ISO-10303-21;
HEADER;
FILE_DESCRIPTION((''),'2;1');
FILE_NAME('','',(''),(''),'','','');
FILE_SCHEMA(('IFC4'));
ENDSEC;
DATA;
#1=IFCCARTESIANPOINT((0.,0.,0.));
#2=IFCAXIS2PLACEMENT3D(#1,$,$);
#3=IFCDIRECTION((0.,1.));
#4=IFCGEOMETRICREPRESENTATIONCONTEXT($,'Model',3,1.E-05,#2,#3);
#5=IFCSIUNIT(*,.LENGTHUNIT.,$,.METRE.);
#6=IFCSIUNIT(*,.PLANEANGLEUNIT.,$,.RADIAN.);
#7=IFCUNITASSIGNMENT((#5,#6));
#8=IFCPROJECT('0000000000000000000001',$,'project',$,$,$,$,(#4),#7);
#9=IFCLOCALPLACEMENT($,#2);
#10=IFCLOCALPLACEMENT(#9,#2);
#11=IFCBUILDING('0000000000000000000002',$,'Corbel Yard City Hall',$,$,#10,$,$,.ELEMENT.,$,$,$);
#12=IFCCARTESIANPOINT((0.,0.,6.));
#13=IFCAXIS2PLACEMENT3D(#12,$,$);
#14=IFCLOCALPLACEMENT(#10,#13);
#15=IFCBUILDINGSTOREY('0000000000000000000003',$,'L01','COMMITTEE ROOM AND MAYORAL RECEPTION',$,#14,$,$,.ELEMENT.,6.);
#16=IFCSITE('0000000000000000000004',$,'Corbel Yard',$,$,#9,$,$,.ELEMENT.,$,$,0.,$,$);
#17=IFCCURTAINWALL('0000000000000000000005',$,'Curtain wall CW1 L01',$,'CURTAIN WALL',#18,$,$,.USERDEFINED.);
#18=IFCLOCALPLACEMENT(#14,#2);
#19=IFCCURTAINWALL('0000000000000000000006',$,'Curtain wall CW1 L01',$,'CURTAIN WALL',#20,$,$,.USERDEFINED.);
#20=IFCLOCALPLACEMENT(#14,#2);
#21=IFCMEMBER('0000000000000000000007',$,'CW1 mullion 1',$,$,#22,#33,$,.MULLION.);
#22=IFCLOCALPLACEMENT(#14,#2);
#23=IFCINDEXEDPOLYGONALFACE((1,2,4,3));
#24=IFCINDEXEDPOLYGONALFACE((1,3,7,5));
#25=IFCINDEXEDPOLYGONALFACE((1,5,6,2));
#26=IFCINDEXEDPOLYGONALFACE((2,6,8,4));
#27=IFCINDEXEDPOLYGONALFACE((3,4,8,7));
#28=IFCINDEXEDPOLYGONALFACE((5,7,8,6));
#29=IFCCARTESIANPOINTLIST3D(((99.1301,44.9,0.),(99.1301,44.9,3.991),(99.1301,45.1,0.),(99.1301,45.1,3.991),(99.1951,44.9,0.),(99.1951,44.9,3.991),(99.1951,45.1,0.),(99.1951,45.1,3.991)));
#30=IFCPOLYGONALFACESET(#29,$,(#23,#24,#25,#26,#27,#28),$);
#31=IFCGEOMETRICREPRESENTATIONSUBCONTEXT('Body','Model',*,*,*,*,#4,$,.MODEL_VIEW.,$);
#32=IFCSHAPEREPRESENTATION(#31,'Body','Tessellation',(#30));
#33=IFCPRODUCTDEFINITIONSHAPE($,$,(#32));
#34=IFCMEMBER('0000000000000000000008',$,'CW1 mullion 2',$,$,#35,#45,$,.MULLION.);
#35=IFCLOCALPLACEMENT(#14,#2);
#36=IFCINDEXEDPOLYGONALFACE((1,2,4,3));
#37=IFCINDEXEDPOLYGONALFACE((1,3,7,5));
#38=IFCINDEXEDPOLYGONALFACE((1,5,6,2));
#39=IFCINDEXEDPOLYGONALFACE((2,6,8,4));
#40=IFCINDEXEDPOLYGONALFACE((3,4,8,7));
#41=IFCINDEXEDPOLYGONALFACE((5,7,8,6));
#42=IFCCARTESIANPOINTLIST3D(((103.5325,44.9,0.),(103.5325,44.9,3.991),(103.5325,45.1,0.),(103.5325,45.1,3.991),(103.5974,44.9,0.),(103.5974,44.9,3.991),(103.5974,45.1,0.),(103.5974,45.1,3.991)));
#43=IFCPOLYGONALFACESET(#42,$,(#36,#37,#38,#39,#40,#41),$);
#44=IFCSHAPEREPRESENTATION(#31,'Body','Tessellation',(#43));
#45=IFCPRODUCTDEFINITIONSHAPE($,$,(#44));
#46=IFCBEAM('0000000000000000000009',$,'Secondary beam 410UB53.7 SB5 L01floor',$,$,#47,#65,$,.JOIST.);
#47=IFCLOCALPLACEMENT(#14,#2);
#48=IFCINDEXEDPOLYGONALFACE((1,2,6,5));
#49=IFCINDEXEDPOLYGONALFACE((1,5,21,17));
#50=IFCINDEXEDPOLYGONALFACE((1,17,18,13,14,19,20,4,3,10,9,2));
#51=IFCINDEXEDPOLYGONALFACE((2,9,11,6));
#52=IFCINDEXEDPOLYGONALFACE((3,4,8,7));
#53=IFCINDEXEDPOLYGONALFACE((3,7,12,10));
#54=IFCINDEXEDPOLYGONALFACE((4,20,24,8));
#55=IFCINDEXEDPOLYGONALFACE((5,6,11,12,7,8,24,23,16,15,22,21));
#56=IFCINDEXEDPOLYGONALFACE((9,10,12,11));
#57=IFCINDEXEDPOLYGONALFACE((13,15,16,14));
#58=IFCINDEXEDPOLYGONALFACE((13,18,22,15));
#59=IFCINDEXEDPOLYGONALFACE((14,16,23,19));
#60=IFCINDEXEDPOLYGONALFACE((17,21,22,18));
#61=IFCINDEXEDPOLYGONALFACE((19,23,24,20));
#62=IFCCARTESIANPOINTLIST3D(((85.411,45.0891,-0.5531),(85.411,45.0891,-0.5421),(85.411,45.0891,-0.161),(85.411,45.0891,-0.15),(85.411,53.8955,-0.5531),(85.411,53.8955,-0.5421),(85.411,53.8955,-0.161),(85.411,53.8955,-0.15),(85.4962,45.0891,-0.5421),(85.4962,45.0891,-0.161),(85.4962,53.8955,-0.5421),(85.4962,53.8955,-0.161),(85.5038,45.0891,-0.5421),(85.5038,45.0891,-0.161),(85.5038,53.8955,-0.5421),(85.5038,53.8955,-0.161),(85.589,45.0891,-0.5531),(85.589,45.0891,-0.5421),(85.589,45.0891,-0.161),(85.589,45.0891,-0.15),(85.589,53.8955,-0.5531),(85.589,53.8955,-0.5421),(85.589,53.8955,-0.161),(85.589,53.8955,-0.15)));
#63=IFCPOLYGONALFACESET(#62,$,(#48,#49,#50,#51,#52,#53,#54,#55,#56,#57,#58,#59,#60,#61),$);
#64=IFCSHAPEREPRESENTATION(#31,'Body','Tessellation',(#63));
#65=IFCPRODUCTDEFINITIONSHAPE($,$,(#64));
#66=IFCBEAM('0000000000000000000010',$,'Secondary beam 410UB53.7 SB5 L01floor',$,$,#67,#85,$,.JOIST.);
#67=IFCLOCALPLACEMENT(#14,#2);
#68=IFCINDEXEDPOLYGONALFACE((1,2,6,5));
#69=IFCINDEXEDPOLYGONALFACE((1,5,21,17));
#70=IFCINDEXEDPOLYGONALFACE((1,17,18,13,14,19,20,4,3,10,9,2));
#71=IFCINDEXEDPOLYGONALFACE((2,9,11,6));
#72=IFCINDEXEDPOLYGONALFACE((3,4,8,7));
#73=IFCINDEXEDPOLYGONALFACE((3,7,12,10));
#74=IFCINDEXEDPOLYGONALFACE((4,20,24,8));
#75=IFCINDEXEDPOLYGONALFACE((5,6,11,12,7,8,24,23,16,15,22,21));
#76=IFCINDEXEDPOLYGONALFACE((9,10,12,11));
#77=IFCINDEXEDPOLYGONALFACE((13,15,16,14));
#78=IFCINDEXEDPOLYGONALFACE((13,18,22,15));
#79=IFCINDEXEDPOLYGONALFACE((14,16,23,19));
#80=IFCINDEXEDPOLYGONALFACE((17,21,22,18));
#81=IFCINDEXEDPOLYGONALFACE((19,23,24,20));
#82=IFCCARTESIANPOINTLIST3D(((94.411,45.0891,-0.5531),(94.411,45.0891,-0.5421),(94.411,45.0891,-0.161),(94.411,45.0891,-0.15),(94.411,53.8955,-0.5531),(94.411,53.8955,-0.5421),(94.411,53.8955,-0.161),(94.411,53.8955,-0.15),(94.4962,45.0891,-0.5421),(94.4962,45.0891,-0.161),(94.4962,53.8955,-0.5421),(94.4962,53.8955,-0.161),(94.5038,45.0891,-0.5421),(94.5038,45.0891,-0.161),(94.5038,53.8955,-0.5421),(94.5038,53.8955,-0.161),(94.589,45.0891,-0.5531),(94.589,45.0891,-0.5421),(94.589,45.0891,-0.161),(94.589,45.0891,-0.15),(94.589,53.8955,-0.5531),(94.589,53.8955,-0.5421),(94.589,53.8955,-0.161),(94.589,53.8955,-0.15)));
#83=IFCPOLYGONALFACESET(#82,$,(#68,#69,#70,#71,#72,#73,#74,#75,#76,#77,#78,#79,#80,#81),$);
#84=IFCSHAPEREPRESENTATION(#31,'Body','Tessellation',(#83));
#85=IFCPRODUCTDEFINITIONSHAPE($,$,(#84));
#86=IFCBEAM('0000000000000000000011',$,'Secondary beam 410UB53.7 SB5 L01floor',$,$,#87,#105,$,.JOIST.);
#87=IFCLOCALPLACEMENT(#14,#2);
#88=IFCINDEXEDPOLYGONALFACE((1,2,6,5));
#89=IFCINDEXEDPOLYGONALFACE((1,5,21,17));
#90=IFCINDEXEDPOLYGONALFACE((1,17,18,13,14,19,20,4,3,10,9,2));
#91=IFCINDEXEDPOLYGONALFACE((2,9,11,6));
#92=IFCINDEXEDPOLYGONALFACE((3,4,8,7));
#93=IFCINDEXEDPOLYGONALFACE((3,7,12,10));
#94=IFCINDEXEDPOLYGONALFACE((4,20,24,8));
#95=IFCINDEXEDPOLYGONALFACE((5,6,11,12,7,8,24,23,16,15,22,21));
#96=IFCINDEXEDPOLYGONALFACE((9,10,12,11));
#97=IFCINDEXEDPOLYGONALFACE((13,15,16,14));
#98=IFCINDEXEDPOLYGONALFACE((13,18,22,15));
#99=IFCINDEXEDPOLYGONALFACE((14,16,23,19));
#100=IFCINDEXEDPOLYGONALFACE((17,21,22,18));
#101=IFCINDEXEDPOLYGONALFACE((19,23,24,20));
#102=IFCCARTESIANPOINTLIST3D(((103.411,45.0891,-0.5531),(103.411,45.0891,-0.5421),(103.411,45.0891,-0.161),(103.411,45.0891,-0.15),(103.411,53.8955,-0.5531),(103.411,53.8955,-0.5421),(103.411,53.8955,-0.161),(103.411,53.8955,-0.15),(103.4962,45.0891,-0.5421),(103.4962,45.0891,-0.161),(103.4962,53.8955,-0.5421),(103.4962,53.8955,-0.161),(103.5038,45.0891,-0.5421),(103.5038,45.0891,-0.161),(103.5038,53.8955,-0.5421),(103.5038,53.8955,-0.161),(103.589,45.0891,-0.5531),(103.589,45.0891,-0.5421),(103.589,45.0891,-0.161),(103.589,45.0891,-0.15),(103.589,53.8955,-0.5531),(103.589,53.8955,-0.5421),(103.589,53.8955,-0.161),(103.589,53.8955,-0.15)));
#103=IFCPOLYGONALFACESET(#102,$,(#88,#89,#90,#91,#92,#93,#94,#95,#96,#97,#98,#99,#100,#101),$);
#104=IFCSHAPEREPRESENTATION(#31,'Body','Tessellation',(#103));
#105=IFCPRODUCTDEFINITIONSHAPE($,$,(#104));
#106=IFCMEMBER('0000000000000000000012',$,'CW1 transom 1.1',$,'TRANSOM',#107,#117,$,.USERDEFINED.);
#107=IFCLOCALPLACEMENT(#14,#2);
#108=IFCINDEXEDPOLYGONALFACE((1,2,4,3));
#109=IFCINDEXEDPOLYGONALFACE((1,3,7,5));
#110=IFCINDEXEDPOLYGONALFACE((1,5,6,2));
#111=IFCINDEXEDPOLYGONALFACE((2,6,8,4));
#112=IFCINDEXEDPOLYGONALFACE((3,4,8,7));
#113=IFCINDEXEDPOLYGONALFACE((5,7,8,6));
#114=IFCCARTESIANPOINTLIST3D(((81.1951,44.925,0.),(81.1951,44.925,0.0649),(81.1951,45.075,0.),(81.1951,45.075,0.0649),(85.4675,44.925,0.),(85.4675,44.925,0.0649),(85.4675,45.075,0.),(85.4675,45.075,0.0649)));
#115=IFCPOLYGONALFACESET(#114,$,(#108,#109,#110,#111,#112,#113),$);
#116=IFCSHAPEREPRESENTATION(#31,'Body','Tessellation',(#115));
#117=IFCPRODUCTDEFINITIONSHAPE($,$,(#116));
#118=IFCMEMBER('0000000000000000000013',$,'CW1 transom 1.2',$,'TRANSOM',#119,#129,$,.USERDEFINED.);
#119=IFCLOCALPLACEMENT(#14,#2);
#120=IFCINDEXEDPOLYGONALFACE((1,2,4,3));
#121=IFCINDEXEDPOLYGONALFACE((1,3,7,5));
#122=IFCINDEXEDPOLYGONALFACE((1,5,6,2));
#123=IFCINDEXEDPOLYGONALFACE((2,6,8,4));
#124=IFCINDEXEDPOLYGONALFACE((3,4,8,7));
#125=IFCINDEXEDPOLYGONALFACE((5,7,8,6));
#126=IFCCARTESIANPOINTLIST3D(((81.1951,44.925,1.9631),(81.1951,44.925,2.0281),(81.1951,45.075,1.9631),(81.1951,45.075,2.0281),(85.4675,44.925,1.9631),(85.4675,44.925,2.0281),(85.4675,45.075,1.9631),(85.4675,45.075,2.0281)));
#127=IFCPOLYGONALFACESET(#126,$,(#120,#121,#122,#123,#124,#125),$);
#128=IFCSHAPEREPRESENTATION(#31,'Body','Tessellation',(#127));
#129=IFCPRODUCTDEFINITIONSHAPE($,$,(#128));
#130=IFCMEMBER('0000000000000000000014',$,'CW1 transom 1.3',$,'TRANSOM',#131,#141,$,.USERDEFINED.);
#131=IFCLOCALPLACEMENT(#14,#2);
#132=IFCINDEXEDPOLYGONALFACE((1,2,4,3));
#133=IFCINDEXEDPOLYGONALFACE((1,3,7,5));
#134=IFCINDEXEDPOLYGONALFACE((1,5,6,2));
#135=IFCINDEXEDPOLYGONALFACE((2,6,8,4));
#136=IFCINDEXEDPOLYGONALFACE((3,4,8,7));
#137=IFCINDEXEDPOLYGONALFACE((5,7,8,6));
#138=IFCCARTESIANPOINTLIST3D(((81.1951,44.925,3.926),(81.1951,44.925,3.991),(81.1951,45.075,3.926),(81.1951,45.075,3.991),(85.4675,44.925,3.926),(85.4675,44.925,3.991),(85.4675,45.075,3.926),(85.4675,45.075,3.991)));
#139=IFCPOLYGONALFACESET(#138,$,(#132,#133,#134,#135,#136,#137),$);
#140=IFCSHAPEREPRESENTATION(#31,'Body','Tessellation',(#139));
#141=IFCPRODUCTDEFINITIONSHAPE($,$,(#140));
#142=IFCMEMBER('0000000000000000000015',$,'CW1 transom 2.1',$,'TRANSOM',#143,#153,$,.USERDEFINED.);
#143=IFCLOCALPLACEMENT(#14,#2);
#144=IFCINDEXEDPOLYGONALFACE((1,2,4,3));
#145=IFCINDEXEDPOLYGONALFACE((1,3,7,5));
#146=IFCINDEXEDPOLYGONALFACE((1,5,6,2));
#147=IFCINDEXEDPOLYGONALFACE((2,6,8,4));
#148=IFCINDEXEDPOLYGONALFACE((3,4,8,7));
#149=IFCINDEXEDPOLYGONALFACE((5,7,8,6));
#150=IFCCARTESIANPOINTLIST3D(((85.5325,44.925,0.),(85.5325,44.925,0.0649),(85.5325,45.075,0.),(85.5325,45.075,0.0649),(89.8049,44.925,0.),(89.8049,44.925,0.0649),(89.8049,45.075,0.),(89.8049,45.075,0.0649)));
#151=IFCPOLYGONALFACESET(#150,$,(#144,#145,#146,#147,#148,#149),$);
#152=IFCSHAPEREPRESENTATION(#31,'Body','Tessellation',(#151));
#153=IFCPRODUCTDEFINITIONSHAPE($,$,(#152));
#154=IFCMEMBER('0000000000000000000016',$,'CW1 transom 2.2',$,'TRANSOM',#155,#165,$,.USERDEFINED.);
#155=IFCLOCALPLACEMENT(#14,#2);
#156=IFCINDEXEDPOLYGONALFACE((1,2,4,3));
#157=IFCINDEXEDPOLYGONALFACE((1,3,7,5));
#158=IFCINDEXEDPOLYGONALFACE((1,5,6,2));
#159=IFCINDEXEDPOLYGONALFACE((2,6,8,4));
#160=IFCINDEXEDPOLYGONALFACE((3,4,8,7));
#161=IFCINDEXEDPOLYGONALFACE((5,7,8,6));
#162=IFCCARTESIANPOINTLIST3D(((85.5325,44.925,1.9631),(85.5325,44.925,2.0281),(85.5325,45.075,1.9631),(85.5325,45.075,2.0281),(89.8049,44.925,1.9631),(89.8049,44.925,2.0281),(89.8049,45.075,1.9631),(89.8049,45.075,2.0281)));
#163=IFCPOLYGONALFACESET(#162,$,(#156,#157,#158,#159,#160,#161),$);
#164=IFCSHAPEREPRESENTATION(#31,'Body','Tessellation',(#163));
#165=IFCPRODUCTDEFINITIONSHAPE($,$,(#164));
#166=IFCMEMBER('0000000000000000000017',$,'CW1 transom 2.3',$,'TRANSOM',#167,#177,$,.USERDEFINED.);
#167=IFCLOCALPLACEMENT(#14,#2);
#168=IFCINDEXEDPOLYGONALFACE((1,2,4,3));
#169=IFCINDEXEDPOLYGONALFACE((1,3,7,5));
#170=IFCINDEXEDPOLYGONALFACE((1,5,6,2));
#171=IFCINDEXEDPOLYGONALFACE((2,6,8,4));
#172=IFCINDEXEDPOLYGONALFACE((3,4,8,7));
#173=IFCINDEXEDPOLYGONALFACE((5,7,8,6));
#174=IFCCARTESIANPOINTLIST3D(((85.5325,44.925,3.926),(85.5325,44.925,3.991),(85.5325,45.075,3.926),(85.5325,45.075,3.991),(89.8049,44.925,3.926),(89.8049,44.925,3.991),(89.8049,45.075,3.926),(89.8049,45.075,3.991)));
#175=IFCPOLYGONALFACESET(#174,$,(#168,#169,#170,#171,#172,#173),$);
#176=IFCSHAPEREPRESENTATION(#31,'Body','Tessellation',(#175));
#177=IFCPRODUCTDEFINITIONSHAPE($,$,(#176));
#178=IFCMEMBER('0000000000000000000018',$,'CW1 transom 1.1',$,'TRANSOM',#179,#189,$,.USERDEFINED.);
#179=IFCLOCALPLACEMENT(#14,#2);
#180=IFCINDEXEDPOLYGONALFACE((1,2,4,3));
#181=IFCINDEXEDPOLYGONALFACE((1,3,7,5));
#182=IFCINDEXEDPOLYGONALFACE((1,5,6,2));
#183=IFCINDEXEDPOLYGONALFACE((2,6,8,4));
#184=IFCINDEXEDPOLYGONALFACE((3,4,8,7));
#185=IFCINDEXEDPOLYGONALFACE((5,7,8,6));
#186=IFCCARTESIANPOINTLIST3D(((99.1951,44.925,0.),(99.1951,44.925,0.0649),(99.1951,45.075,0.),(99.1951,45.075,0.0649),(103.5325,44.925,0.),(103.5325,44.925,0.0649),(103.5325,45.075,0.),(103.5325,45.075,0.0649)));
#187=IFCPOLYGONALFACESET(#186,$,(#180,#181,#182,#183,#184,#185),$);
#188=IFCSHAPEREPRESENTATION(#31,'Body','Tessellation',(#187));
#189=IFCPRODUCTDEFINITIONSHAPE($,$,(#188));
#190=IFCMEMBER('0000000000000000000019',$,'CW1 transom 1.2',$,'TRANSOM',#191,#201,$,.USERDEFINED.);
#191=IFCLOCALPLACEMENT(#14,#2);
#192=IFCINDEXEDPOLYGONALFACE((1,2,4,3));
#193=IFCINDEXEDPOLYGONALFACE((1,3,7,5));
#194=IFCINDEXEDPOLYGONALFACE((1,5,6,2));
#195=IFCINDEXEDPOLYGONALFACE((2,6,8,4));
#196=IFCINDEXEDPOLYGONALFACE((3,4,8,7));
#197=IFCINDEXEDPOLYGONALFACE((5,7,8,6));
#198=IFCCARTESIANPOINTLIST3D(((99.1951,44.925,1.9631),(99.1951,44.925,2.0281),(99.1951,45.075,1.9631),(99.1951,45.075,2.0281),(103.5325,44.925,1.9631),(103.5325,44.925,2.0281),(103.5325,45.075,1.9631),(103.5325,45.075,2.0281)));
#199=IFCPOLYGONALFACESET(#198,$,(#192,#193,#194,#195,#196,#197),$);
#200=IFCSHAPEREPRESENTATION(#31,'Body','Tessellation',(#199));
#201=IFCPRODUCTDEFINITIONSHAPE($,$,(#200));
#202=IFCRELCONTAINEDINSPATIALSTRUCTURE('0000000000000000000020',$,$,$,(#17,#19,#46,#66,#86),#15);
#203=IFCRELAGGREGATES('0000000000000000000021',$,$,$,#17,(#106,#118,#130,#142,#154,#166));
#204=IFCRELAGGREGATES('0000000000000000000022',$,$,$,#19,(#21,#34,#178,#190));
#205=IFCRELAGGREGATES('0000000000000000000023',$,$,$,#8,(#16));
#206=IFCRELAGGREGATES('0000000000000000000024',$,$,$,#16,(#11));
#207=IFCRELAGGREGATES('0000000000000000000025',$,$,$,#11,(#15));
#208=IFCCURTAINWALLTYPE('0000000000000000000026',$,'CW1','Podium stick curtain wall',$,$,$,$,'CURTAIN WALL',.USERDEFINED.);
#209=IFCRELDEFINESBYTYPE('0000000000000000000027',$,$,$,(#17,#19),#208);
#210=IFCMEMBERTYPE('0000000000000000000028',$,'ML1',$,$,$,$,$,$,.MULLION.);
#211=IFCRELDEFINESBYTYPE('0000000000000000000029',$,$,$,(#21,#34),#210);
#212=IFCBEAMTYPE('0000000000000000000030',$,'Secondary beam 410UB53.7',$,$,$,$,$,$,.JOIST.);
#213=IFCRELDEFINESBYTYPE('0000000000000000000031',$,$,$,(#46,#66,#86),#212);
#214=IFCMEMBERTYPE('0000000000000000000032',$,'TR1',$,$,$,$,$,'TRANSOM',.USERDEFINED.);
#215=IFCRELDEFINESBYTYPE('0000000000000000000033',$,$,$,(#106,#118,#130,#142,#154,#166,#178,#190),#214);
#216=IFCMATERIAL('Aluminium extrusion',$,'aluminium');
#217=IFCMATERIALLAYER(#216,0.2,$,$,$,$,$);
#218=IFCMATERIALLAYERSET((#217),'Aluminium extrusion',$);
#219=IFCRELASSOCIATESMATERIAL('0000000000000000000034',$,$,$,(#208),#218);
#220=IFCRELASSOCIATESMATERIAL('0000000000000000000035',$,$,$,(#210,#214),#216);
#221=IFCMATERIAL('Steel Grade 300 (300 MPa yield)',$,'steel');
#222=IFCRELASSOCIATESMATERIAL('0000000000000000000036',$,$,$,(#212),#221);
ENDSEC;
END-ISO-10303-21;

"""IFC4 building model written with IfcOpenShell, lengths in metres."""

from ifc_helpers import new_model, si_unit, direction, frame, origin, origin_2d, place, context, subcontext, project, spatial, rectangle, i_section, extrude, material, layer, layer_set, material_profile, profile_set, type_object, element, aggregate, save


model = new_model("IFC4")

# Units and contexts
model_context = context("Model", 3, precision=1e-05, world=origin(), true_north=direction((0.0, 1.0)))
body_context = subcontext(model_context, "Body", "Model", "MODEL_VIEW")
ifc_project = project(units=[si_unit("LENGTHUNIT", "METRE"), si_unit("PLANEANGLEUNIT", "RADIAN")], contexts=[model_context])

# Site, building, storey
site_placement = place(None, origin())
site = spatial("IfcSite", under=ifc_project, at=site_placement, Name="Corbel Yard", CompositionType="ELEMENT", RefElevation=0.0)
building_placement = place(site_placement, origin())
building = spatial("IfcBuilding", under=site, at=building_placement, Name="Corbel Yard City Hall", CompositionType="ELEMENT")
storey_placement = place(building_placement, frame((0.0, 0.0, 6.0)))
storey = spatial("IfcBuildingStorey", under=building, at=storey_placement, Name="L01", Description="COMMITTEE ROOM AND MAYORAL RECEPTION", CompositionType="ELEMENT", Elevation=6.0)

# Shared definitions
ifc_material_1 = material(Name="Steel Grade 300 (300 MPa yield)", Category="steel")

# Curtain walls, members
ifc_material_2 = material(Name="Aluminium extrusion", Category="aluminium")
ifc_layer_1 = layer(ifc_material_2, 0.2)
ifc_layer_set_1 = layer_set([ifc_layer_1], Name="Aluminium extrusion")
curtain_wall_type = type_object("IfcCurtainWallType", Name="CW1", Description="Podium stick curtain wall", ElementType="CURTAIN WALL", PredefinedType="USERDEFINED", material=ifc_layer_set_1)
curtain_wall_1_placement = place(storey_placement, origin())
curtain_wall_1 = element("IfcCurtainWall", 1, at=curtain_wall_1_placement, inside=storey, type_object=curtain_wall_type, Name="Curtain wall CW1 L01", ObjectType="CURTAIN WALL", PredefinedType="USERDEFINED")
ifc_material_profile_1 = material_profile(ifc_material_2, rectangle(XDim=0.2, YDim=0.0649, at=origin_2d()), Name="200x65")
ifc_profile_set_1 = profile_set([ifc_material_profile_1], Name="Aluminium extrusion")
member_type_1 = type_object("IfcMemberType", Name="ML1", PredefinedType="MULLION", material=ifc_profile_set_1)
curtain_wall_2_placement = place(storey_placement, origin())
curtain_wall_2 = element("IfcCurtainWall", 2, at=curtain_wall_2_placement, inside=storey, type_object=curtain_wall_type, Name="Curtain wall CW1 L01", ObjectType="CURTAIN WALL", PredefinedType="USERDEFINED")
member_1_placement = place(storey_placement, frame((99.1626, 45.0, 0.0), z_axis=(0.0, 0.0, 1.0), x_axis=(0.0, 1.0, 0.0)))
member_1 = element("IfcMember", 3, at=member_1_placement, type_object=member_type_1, Name="CW1 mullion 1", PredefinedType="MULLION", context=body_context, shape_type="SweptSolid", body=[
    extrude(rectangle(XDim=0.2, YDim=0.0649, at=origin_2d()), origin(), (0.0, 0.0, 1.0), 3.991),
])
member_2_placement = place(storey_placement, frame((103.5649, 45.0, 0.0), z_axis=(0.0, 0.0, 1.0), x_axis=(0.0, 1.0, 0.0)))
member_2 = element("IfcMember", 4, at=member_2_placement, type_object=member_type_1, Name="CW1 mullion 2", PredefinedType="MULLION", context=body_context, shape_type="SweptSolid", body=[
    extrude(rectangle(XDim=0.2, YDim=0.0649, at=origin_2d()), origin(), (0.0, 0.0, 1.0), 3.991),
])

# Beams
ifc_material_profile_2 = material_profile(ifc_material_1, i_section(OverallWidth=0.178, OverallDepth=0.4031, WebThickness=0.0076, FlangeThickness=0.011, at=origin_2d()), Name="410UB53.7")
ifc_profile_set_2 = profile_set([ifc_material_profile_2], Name="Steel Grade 300 (300 MPa yield)")
beam_type_1 = type_object("IfcBeamType", Name="Secondary beam 410UB53.7", PredefinedType="JOIST", material=ifc_profile_set_2)
for number, where, z_axis, x_axis, name in (
    (5, (85.5, 45.0891, -0.3516), (0.0, 1.0, 0.0), (-1.0, 0.0, 0.0), "Secondary beam 410UB53.7 SB5 L01floor"),
    (6, (94.5, 45.0891, -0.3516), (0.0, 1.0, 0.0), (-1.0, 0.0, 0.0), "Secondary beam 410UB53.7 SB5 L01floor"),
    (7, (103.5, 45.0891, -0.3516), (0.0, 1.0, 0.0), (-1.0, 0.0, 0.0), "Secondary beam 410UB53.7 SB5 L01floor"),
):
    element("IfcBeam", number, at=place(storey_placement, frame(where, z_axis=z_axis, x_axis=x_axis)), inside=storey, type_object=beam_type_1, Name=name, PredefinedType="JOIST", context=body_context, shape_type="SweptSolid", body=[
        extrude(i_section(OverallWidth=0.178, OverallDepth=0.4031, WebThickness=0.0076, FlangeThickness=0.011, at=origin_2d()), origin(), (0.0, 0.0, 1.0), 8.8064),
    ])

# Members
ifc_material_profile_3 = material_profile(ifc_material_2, rectangle(XDim=0.1499, YDim=0.0649, at=origin_2d()), Name="150x65")
ifc_profile_set_3 = profile_set([ifc_material_profile_3], Name="Aluminium extrusion")
member_type_2 = type_object("IfcMemberType", Name="TR1", ElementType="TRANSOM", PredefinedType="USERDEFINED", material=ifc_profile_set_3)
member_3_placement = place(storey_placement, frame((81.1951, 45.0, 0.0325), z_axis=(1.0, 0.0, 0.0), x_axis=(0.0, 1.0, 0.0)))
member_3 = element("IfcMember", 8, at=member_3_placement, type_object=member_type_2, Name="CW1 transom 1.1", ObjectType="TRANSOM", PredefinedType="USERDEFINED", context=body_context, shape_type="SweptSolid", body=[
    extrude(rectangle(XDim=0.1499, YDim=0.0649, at=origin_2d()), origin(), (0.0, 0.0, 1.0), 4.2725),
])
member_4_placement = place(storey_placement, frame((81.1951, 45.0, 1.9956), z_axis=(1.0, 0.0, 0.0), x_axis=(0.0, 1.0, 0.0)))
member_4 = element("IfcMember", 9, at=member_4_placement, type_object=member_type_2, Name="CW1 transom 1.2", ObjectType="TRANSOM", PredefinedType="USERDEFINED", context=body_context, shape_type="SweptSolid", body=[
    extrude(rectangle(XDim=0.1499, YDim=0.0649, at=origin_2d()), origin(), (0.0, 0.0, 1.0), 4.2725),
])
member_5_placement = place(storey_placement, frame((81.1951, 45.0, 3.9585), z_axis=(1.0, 0.0, 0.0), x_axis=(0.0, 1.0, 0.0)))
member_5 = element("IfcMember", 10, at=member_5_placement, type_object=member_type_2, Name="CW1 transom 1.3", ObjectType="TRANSOM", PredefinedType="USERDEFINED", context=body_context, shape_type="SweptSolid", body=[
    extrude(rectangle(XDim=0.1499, YDim=0.0649, at=origin_2d()), origin(), (0.0, 0.0, 1.0), 4.2725),
])
member_6_placement = place(storey_placement, frame((85.5325, 45.0, 0.0325), z_axis=(1.0, 0.0, 0.0), x_axis=(0.0, 1.0, 0.0)))
member_6 = element("IfcMember", 11, at=member_6_placement, type_object=member_type_2, Name="CW1 transom 2.1", ObjectType="TRANSOM", PredefinedType="USERDEFINED", context=body_context, shape_type="SweptSolid", body=[
    extrude(rectangle(XDim=0.1499, YDim=0.0649, at=origin_2d()), origin(), (0.0, 0.0, 1.0), 4.2725),
])
member_7_placement = place(storey_placement, frame((85.5325, 45.0, 1.9956), z_axis=(1.0, 0.0, 0.0), x_axis=(0.0, 1.0, 0.0)))
member_7 = element("IfcMember", 12, at=member_7_placement, type_object=member_type_2, Name="CW1 transom 2.2", ObjectType="TRANSOM", PredefinedType="USERDEFINED", context=body_context, shape_type="SweptSolid", body=[
    extrude(rectangle(XDim=0.1499, YDim=0.0649, at=origin_2d()), origin(), (0.0, 0.0, 1.0), 4.2725),
])
member_8_placement = place(storey_placement, frame((85.5325, 45.0, 3.9585), z_axis=(1.0, 0.0, 0.0), x_axis=(0.0, 1.0, 0.0)))
member_8 = element("IfcMember", 13, at=member_8_placement, type_object=member_type_2, Name="CW1 transom 2.3", ObjectType="TRANSOM", PredefinedType="USERDEFINED", context=body_context, shape_type="SweptSolid", body=[
    extrude(rectangle(XDim=0.1499, YDim=0.0649, at=origin_2d()), origin(), (0.0, 0.0, 1.0), 4.2725),
])
member_9_placement = place(storey_placement, frame((99.1951, 45.0, 0.0325), z_axis=(1.0, 0.0, 0.0), x_axis=(0.0, 1.0, 0.0)))
member_9 = element("IfcMember", 14, at=member_9_placement, type_object=member_type_2, Name="CW1 transom 1.1", ObjectType="TRANSOM", PredefinedType="USERDEFINED", context=body_context, shape_type="SweptSolid", body=[
    extrude(rectangle(XDim=0.1499, YDim=0.0649, at=origin_2d()), origin(), (0.0, 0.0, 1.0), 4.3374),
])
member_10_placement = place(storey_placement, frame((99.1951, 45.0, 1.9956), z_axis=(1.0, 0.0, 0.0), x_axis=(0.0, 1.0, 0.0)))
member_10 = element("IfcMember", 15, at=member_10_placement, type_object=member_type_2, Name="CW1 transom 1.2", ObjectType="TRANSOM", PredefinedType="USERDEFINED", context=body_context, shape_type="SweptSolid", body=[
    extrude(rectangle(XDim=0.1499, YDim=0.0649, at=origin_2d()), origin(), (0.0, 0.0, 1.0), 4.3374),
])

aggregate(curtain_wall_1, [member_3, member_4, member_5, member_6, member_7, member_8])
aggregate(curtain_wall_2, [member_1, member_2, member_9, member_10])

save(model, "model.ifc")
